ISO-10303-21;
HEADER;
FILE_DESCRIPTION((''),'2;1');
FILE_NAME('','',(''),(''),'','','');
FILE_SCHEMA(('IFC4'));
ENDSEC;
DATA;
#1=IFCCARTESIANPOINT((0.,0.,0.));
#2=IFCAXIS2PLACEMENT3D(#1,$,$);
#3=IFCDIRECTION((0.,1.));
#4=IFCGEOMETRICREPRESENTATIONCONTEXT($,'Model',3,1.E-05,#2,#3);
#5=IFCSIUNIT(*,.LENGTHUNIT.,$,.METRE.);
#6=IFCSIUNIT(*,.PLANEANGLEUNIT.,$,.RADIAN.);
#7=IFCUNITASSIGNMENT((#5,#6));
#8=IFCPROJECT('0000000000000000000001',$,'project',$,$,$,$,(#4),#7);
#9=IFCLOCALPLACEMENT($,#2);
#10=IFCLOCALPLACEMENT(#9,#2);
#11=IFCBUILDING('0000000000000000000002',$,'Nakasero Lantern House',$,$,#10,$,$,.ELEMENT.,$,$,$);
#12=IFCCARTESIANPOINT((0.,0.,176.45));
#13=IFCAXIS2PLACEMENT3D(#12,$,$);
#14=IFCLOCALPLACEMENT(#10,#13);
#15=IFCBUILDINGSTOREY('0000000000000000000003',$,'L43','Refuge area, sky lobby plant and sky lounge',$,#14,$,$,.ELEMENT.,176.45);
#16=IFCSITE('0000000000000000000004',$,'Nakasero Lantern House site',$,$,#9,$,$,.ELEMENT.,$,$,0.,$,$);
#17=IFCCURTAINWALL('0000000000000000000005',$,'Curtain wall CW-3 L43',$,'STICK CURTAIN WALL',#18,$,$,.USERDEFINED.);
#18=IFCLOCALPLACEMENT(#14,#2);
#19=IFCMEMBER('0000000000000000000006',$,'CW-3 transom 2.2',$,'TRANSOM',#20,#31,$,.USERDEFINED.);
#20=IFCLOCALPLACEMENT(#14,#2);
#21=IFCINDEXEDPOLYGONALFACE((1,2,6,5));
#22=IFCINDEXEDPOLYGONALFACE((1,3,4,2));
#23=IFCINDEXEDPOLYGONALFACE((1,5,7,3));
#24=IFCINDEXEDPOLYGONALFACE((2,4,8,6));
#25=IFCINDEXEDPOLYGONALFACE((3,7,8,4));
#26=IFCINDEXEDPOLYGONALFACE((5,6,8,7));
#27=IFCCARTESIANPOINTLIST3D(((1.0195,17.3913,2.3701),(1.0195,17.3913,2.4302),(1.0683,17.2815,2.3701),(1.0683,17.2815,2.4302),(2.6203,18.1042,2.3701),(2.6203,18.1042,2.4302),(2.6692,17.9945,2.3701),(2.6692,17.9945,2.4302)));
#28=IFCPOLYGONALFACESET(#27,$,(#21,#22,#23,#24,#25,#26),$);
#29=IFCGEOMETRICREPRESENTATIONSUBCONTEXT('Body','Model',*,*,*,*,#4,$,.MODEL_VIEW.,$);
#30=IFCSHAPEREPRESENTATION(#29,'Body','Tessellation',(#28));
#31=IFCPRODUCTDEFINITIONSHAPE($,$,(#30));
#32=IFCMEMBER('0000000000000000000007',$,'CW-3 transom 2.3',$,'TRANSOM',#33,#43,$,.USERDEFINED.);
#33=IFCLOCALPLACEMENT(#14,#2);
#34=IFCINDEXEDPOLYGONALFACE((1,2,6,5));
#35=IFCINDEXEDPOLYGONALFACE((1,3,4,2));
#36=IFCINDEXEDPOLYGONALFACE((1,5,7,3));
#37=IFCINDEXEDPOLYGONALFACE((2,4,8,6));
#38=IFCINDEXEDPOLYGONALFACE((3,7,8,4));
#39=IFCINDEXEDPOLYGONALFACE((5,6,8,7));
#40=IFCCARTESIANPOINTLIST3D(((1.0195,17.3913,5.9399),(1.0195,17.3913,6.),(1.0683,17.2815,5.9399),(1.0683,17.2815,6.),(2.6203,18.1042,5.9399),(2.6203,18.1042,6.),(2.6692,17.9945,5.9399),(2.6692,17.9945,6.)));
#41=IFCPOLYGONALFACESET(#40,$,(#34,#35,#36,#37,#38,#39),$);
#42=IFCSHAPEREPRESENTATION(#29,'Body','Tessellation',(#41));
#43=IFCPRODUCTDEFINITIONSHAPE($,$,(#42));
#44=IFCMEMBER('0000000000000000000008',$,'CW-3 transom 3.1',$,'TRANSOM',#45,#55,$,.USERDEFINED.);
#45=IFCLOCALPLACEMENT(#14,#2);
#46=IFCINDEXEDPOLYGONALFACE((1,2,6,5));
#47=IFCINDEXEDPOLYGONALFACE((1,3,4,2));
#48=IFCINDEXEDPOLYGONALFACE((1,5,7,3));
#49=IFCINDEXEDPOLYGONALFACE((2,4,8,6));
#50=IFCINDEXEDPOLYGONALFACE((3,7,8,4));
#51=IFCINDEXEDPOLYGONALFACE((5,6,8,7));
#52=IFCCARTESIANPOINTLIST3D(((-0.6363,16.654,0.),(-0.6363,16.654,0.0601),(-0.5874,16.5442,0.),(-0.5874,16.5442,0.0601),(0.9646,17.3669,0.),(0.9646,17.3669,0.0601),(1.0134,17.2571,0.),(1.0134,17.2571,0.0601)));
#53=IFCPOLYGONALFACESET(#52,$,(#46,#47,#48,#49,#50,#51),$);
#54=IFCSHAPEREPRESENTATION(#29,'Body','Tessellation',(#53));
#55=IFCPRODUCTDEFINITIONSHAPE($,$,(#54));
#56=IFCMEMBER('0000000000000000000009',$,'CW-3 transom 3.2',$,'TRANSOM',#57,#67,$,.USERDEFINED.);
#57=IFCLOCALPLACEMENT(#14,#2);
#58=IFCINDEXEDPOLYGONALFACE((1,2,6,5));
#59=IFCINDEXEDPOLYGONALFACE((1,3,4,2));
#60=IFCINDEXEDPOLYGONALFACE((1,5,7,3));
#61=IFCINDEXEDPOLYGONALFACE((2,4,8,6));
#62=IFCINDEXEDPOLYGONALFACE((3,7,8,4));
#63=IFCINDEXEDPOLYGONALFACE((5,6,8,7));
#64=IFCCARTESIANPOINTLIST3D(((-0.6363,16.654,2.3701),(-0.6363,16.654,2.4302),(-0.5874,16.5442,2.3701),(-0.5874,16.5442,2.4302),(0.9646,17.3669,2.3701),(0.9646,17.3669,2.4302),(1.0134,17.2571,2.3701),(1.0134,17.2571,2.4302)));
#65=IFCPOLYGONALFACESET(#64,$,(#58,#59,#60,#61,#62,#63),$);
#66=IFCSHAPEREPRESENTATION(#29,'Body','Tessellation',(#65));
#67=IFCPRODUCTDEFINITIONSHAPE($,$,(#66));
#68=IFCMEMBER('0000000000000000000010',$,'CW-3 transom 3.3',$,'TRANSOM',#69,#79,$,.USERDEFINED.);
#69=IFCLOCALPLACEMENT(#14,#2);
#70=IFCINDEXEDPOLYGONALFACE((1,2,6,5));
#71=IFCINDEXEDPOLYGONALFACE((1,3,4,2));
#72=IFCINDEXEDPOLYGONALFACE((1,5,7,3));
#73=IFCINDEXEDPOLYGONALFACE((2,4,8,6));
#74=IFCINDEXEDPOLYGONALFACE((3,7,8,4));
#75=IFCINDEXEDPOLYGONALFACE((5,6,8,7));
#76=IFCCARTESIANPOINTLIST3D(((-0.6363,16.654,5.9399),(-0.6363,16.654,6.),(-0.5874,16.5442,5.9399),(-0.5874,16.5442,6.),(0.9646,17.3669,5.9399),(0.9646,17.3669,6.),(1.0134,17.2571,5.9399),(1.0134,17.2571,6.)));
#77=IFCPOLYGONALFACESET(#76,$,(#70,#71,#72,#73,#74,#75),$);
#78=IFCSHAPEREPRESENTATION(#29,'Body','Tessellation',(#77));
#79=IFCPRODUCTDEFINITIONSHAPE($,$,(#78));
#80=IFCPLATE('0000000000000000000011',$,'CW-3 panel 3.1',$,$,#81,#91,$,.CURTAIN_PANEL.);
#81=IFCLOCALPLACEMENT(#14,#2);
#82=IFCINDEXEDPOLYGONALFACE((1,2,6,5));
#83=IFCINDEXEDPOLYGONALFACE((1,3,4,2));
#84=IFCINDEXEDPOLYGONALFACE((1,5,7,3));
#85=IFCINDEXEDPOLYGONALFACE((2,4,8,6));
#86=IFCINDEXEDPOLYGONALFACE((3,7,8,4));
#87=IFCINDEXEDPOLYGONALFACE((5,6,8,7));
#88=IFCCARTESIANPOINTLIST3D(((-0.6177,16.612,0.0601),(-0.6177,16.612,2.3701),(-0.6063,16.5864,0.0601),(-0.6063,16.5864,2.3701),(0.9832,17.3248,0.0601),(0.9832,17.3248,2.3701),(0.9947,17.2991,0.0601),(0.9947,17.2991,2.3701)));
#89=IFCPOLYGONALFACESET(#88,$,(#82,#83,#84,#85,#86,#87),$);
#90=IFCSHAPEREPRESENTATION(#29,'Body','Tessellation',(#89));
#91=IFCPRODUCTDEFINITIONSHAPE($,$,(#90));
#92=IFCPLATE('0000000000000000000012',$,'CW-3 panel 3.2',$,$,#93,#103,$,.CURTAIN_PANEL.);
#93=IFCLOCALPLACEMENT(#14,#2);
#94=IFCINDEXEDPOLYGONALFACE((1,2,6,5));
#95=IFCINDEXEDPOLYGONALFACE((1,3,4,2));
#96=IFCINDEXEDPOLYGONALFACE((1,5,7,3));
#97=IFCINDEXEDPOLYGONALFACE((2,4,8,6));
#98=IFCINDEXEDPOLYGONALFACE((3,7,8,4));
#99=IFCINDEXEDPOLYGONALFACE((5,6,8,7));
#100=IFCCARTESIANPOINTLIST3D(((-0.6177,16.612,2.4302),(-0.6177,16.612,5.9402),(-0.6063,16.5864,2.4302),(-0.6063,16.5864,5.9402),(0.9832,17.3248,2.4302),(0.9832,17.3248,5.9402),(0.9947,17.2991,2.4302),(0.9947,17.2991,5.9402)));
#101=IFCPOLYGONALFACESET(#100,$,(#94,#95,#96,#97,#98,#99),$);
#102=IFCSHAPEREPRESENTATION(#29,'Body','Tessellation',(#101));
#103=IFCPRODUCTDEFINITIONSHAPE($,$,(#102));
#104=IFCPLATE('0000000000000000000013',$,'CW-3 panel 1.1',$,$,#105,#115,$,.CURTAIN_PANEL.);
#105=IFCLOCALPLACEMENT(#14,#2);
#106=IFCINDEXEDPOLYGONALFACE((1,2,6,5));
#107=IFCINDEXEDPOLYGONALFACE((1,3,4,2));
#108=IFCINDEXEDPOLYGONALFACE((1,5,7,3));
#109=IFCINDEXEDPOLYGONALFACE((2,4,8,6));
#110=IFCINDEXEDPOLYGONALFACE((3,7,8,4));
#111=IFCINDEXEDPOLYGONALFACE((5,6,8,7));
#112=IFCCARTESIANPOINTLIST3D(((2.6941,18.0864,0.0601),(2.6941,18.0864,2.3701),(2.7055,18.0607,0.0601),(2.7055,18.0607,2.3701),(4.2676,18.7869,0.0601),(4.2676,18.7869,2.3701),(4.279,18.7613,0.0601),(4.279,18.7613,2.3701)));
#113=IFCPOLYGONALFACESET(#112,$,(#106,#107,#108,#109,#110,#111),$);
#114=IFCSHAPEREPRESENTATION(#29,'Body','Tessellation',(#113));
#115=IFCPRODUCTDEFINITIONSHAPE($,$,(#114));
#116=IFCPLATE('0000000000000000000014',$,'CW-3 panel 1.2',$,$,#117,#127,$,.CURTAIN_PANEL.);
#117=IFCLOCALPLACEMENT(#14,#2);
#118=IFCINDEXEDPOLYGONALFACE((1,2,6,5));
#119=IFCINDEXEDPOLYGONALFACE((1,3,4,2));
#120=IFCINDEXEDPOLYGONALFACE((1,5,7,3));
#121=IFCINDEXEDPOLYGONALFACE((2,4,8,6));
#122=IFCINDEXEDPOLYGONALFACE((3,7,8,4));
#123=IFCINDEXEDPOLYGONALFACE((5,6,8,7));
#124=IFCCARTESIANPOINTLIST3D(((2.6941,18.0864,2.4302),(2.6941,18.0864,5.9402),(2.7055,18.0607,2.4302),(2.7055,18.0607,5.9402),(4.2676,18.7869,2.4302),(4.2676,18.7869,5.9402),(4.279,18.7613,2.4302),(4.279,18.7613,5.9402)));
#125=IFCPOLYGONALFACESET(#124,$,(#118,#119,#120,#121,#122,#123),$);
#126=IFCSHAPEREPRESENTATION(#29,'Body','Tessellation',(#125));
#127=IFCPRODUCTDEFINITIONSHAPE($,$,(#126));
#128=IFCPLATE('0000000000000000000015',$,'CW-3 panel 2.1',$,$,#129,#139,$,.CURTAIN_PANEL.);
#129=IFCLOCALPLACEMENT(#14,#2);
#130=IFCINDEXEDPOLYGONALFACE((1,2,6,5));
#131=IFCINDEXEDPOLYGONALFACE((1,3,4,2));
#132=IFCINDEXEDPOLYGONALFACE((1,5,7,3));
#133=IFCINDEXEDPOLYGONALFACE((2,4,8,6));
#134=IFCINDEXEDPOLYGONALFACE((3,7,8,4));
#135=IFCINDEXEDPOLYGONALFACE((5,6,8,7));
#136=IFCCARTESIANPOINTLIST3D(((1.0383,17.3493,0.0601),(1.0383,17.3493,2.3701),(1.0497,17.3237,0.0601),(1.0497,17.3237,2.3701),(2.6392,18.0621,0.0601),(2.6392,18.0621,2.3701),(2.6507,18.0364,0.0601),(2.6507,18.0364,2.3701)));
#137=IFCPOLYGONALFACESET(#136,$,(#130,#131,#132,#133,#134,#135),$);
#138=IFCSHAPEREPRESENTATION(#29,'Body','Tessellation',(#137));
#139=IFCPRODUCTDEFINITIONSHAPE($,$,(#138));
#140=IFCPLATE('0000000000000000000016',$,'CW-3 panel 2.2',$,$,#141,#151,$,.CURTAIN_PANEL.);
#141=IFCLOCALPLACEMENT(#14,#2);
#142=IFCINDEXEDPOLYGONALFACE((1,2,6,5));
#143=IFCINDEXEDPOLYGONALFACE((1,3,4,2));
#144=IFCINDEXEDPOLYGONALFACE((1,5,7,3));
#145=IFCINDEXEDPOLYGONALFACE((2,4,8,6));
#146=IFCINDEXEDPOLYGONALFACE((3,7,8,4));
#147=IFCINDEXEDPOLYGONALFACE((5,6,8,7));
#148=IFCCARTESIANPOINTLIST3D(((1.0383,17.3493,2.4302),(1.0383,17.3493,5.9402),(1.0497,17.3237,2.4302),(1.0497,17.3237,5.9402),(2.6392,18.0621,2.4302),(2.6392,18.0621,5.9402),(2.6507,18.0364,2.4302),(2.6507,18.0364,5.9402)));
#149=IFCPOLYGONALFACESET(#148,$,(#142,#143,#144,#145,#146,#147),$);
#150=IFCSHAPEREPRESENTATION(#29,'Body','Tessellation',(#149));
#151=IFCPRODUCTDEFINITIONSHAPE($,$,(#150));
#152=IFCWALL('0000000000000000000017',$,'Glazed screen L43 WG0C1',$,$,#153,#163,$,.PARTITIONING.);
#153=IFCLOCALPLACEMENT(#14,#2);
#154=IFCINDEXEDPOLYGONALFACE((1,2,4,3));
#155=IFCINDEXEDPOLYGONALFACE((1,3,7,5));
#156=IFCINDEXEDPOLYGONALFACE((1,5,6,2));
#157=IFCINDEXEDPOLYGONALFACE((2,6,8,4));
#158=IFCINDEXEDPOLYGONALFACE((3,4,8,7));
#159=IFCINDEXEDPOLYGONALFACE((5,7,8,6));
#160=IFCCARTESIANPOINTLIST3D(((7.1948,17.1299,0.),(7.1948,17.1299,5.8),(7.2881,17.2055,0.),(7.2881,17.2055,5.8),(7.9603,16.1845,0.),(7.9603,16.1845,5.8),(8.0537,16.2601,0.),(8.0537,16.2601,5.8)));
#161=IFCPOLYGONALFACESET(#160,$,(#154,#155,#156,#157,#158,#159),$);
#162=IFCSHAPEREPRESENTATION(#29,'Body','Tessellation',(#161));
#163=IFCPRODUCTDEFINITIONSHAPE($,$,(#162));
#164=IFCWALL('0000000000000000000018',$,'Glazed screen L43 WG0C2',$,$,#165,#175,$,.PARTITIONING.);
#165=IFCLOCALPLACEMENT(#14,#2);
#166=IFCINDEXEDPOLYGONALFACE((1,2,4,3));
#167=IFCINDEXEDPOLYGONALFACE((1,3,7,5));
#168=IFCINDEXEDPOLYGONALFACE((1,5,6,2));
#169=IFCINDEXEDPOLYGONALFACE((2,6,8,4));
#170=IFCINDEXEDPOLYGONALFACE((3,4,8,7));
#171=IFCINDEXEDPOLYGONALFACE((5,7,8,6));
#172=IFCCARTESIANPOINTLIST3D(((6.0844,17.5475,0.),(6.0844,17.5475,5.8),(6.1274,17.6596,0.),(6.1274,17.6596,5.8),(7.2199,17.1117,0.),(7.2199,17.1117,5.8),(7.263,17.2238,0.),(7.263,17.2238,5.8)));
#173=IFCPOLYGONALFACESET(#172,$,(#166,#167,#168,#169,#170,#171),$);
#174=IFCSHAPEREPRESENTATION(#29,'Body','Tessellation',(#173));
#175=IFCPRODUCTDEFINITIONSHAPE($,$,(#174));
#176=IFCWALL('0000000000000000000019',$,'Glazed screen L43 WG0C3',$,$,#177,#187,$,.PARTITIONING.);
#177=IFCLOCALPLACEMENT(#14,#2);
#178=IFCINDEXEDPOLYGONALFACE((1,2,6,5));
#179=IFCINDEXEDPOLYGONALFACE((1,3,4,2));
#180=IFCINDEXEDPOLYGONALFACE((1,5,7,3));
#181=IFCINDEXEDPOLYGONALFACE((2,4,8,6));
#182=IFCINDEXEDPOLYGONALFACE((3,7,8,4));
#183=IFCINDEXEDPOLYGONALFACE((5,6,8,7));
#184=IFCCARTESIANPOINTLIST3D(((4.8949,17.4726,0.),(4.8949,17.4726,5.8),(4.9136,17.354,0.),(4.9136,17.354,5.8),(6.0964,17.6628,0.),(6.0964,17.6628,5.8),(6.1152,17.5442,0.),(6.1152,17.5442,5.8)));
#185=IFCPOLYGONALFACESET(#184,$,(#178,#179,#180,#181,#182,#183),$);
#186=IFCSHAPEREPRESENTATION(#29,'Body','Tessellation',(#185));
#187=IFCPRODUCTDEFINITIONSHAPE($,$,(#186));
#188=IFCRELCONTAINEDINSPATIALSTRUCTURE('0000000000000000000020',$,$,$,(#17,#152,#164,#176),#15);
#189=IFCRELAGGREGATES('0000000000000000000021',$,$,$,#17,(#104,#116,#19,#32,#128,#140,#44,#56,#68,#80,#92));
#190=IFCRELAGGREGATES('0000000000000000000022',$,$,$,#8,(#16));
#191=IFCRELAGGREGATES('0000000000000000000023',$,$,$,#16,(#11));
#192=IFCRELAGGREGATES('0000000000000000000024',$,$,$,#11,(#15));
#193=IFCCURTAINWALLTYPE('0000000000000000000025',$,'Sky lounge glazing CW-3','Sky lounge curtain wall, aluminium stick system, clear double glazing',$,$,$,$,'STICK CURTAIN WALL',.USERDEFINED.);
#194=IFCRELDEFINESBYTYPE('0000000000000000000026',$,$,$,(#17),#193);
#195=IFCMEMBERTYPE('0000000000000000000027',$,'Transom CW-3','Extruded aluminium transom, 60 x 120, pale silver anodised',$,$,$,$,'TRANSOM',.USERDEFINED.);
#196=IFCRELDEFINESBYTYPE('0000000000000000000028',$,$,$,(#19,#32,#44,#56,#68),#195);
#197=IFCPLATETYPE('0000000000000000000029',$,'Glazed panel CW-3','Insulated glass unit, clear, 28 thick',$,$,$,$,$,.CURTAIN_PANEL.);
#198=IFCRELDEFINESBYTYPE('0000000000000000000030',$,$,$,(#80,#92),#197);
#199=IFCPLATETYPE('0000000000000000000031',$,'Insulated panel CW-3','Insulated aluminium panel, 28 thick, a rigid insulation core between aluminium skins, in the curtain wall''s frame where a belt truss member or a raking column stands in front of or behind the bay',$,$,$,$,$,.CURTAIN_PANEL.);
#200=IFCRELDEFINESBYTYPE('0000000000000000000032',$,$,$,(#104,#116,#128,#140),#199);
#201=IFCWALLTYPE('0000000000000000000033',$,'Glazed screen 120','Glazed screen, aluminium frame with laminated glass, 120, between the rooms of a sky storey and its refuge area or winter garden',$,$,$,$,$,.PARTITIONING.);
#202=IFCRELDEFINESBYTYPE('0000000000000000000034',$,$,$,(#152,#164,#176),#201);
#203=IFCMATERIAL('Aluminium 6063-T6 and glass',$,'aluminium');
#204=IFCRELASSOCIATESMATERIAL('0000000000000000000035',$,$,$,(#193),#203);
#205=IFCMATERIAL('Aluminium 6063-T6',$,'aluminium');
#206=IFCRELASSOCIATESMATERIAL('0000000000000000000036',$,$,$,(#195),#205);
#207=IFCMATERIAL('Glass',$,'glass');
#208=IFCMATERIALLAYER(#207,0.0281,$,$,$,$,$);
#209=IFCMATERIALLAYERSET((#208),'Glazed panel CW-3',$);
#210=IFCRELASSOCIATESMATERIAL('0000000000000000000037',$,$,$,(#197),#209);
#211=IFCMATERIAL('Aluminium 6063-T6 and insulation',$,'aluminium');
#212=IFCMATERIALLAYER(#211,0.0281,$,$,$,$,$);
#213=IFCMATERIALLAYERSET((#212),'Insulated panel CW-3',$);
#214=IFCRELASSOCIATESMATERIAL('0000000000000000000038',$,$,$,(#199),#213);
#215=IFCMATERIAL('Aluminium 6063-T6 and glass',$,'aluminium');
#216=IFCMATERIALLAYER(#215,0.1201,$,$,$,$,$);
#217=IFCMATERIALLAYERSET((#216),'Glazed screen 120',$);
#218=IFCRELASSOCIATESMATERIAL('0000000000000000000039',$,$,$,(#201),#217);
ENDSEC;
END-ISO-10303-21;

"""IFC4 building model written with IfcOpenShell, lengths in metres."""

from ifc_helpers import new_model, si_unit, direction, frame, frame_2d, origin, origin_2d, place, context, subcontext, project, spatial, rectangle, extrude, material, layer, layer_set, material_profile, profile_set, type_object, element, aggregate, save


model = new_model("IFC4")

# Units and contexts
model_context = context("Model", 3, precision=1e-05, world=origin(), true_north=direction((0.0, 1.0)))
body_context = subcontext(model_context, "Body", "Model", "MODEL_VIEW")
ifc_project = project(units=[si_unit("LENGTHUNIT", "METRE"), si_unit("PLANEANGLEUNIT", "RADIAN")], contexts=[model_context])

# Site, building, storey
site_placement = place(None, origin())
site = spatial("IfcSite", under=ifc_project, at=site_placement, Name="Nakasero Lantern House site", CompositionType="ELEMENT", RefElevation=0.0)
building_placement = place(site_placement, origin())
building = spatial("IfcBuilding", under=site, at=building_placement, Name="Nakasero Lantern House", CompositionType="ELEMENT")
storey_placement = place(building_placement, frame((0.0, 0.0, 176.45)))
storey = spatial("IfcBuildingStorey", under=building, at=storey_placement, Name="L43", Description="Refuge area, sky lobby plant and sky lounge", CompositionType="ELEMENT", Elevation=176.45)

# Curtain wall, members, plates
ifc_material_1 = material(Name="Aluminium 6063-T6 and glass", Category="aluminium")
curtain_wall_type = type_object("IfcCurtainWallType", Name="Sky lounge glazing CW-3", Description="Sky lounge curtain wall, aluminium stick system, clear double glazing", ElementType="STICK CURTAIN WALL", PredefinedType="USERDEFINED", material=ifc_material_1)
curtain_wall_placement = place(storey_placement, origin())
curtain_wall = element("IfcCurtainWall", 1, at=curtain_wall_placement, inside=storey, type_object=curtain_wall_type, Name="Curtain wall CW-3 L43", ObjectType="STICK CURTAIN WALL", PredefinedType="USERDEFINED")
ifc_material_2 = material(Name="Aluminium 6063-T6", Category="aluminium")
ifc_material_profile_1 = material_profile(ifc_material_2, rectangle(XDim=0.0601, YDim=0.1201, at=origin_2d()), Name="CW-3 transom 60x120")
ifc_profile_set_1 = profile_set([ifc_material_profile_1], Name="Aluminium 6063-T6")
member_type_1 = type_object("IfcMemberType", Name="Transom CW-3", Description="Extruded aluminium transom, 60 x 120, pale silver anodised", ElementType="TRANSOM", PredefinedType="USERDEFINED", material=ifc_profile_set_1)
member_1_placement = place(storey_placement, frame((2.6448, 18.0493, 2.4001), z_axis=(-0.913513, -0.406811, 0.0), x_axis=(0.0, 0.0, 1.0)))
member_1 = element("IfcMember", 2, at=member_1_placement, type_object=member_type_1, Name="CW-3 transom 2.2", ObjectType="TRANSOM", PredefinedType="USERDEFINED", context=body_context, shape_type="SweptSolid", body=[
    extrude(rectangle(XDim=0.0601, YDim=0.1201, at=origin_2d()), origin(), (0.0, 0.0, 1.0), 1.7524),
])
member_2_placement = place(storey_placement, frame((2.6448, 18.0493, 5.97), z_axis=(-0.913513, -0.406811, 0.0), x_axis=(0.0, 0.0, 1.0)))
member_2 = element("IfcMember", 3, at=member_2_placement, type_object=member_type_1, Name="CW-3 transom 2.3", ObjectType="TRANSOM", PredefinedType="USERDEFINED", context=body_context, shape_type="SweptSolid", body=[
    extrude(rectangle(XDim=0.0601, YDim=0.1201, at=origin_2d()), origin(), (0.0, 0.0, 1.0), 1.7524),
])
member_3_placement = place(storey_placement, frame((0.989, 17.312, 0.03), z_axis=(-0.913513, -0.406811, 0.0), x_axis=(0.0, 0.0, 1.0)))
member_3 = element("IfcMember", 4, at=member_3_placement, type_object=member_type_1, Name="CW-3 transom 3.1", ObjectType="TRANSOM", PredefinedType="USERDEFINED", context=body_context, shape_type="SweptSolid", body=[
    extrude(rectangle(XDim=0.0601, YDim=0.1201, at=origin_2d()), origin(), (0.0, 0.0, 1.0), 1.7524),
])
member_4_placement = place(storey_placement, frame((0.989, 17.312, 2.4001), z_axis=(-0.913513, -0.406811, 0.0), x_axis=(0.0, 0.0, 1.0)))
member_4 = element("IfcMember", 5, at=member_4_placement, type_object=member_type_1, Name="CW-3 transom 3.2", ObjectType="TRANSOM", PredefinedType="USERDEFINED", context=body_context, shape_type="SweptSolid", body=[
    extrude(rectangle(XDim=0.0601, YDim=0.1201, at=origin_2d()), origin(), (0.0, 0.0, 1.0), 1.7524),
])
member_5_placement = place(storey_placement, frame((0.989, 17.312, 5.97), z_axis=(-0.913513, -0.406811, 0.0), x_axis=(0.0, 0.0, 1.0)))
member_5 = element("IfcMember", 6, at=member_5_placement, type_object=member_type_1, Name="CW-3 transom 3.3", ObjectType="TRANSOM", PredefinedType="USERDEFINED", context=body_context, shape_type="SweptSolid", body=[
    extrude(rectangle(XDim=0.0601, YDim=0.1201, at=origin_2d()), origin(), (0.0, 0.0, 1.0), 1.7524),
])
ifc_material_3 = material(Name="Glass", Category="glass")
ifc_layer_1 = layer(ifc_material_3, 0.0281)
ifc_layer_set_1 = layer_set([ifc_layer_1], Name="Glazed panel CW-3")
plate_type_1 = type_object("IfcPlateType", Name="Glazed panel CW-3", Description="Insulated glass unit, clear, 28 thick", PredefinedType="CURTAIN_PANEL", material=ifc_layer_set_1)
plate_1_placement = place(storey_placement, frame((0.1885, 16.9556, 0.0601), z_axis=(0.0, 0.0, 1.0), x_axis=(-0.913545, -0.406737, 0.0)))
plate_1 = element("IfcPlate", 7, at=plate_1_placement, type_object=plate_type_1, Name="CW-3 panel 3.1", PredefinedType="CURTAIN_PANEL", context=body_context, shape_type="SweptSolid", body=[
    extrude(rectangle(XDim=1.7524, YDim=0.0281, at=origin_2d()), origin(), (0.0, 0.0, 1.0), 2.3101),
])
plate_2_placement = place(storey_placement, frame((0.1885, 16.9556, 2.4302), z_axis=(0.0, 0.0, 1.0), x_axis=(-0.913545, -0.406737, 0.0)))
plate_2 = element("IfcPlate", 8, at=plate_2_placement, type_object=plate_type_1, Name="CW-3 panel 3.2", PredefinedType="CURTAIN_PANEL", context=body_context, shape_type="SweptSolid", body=[
    extrude(rectangle(XDim=1.7524, YDim=0.0281, at=origin_2d()), origin(), (0.0, 0.0, 1.0), 3.51),
])
ifc_material_4 = material(Name="Aluminium 6063-T6 and insulation", Category="aluminium")
ifc_layer_2 = layer(ifc_material_4, 0.0281)
ifc_layer_set_2 = layer_set([ifc_layer_2], Name="Insulated panel CW-3")
plate_type_2 = type_object("IfcPlateType", Name="Insulated panel CW-3", Description="Insulated aluminium panel, 28 thick, a rigid insulation core between aluminium skins, in the curtain wall's frame where a belt truss member or a raking column stands in front of or behind the bay", PredefinedType="CURTAIN_PANEL", material=ifc_layer_set_2)
plate_3_placement = place(storey_placement, frame((3.4866, 18.4238, 0.0601), z_axis=(0.0, 0.0, 1.0), x_axis=(-0.913545, -0.406737, 0.0)))
plate_3 = element("IfcPlate", 9, at=plate_3_placement, type_object=plate_type_2, Name="CW-3 panel 1.1", PredefinedType="CURTAIN_PANEL", context=body_context, shape_type="SweptSolid", body=[
    extrude(rectangle(XDim=1.7224, YDim=0.0281, at=origin_2d()), origin(), (0.0, 0.0, 1.0), 2.3101),
])
plate_4_placement = place(storey_placement, frame((3.4866, 18.4238, 2.4302), z_axis=(0.0, 0.0, 1.0), x_axis=(-0.913545, -0.406737, 0.0)))
plate_4 = element("IfcPlate", 10, at=plate_4_placement, type_object=plate_type_2, Name="CW-3 panel 1.2", PredefinedType="CURTAIN_PANEL", context=body_context, shape_type="SweptSolid", body=[
    extrude(rectangle(XDim=1.7224, YDim=0.0281, at=origin_2d()), origin(), (0.0, 0.0, 1.0), 3.51),
])
plate_5_placement = place(storey_placement, frame((1.8445, 17.6929, 0.0601), z_axis=(0.0, 0.0, 1.0), x_axis=(-0.913545, -0.406737, 0.0)))
plate_5 = element("IfcPlate", 11, at=plate_5_placement, type_object=plate_type_2, Name="CW-3 panel 2.1", PredefinedType="CURTAIN_PANEL", context=body_context, shape_type="SweptSolid", body=[
    extrude(rectangle(XDim=1.7524, YDim=0.0281, at=origin_2d()), origin(), (0.0, 0.0, 1.0), 2.3101),
])
plate_6_placement = place(storey_placement, frame((1.8445, 17.6929, 2.4302), z_axis=(0.0, 0.0, 1.0), x_axis=(-0.913545, -0.406737, 0.0)))
plate_6 = element("IfcPlate", 12, at=plate_6_placement, type_object=plate_type_2, Name="CW-3 panel 2.2", PredefinedType="CURTAIN_PANEL", context=body_context, shape_type="SweptSolid", body=[
    extrude(rectangle(XDim=1.7524, YDim=0.0281, at=origin_2d()), origin(), (0.0, 0.0, 1.0), 3.51),
])
aggregate(curtain_wall, [plate_3, plate_4, member_1, member_2, plate_5, plate_6, member_3, member_4, member_5, plate_1, plate_2])

# Walls
ifc_material_5 = material(Name="Aluminium 6063-T6 and glass", Category="aluminium")
ifc_layer_3 = layer(ifc_material_5, 0.1201)
ifc_layer_set_3 = layer_set([ifc_layer_3], Name="Glazed screen 120")
wall_type_1 = type_object("IfcWallType", Name="Glazed screen 120", Description="Glazed screen, aluminium frame with laminated glass, 120, between the rooms of a sky storey and its refuge area or winter garden", PredefinedType="PARTITIONING", material=ifc_layer_set_3)
wall_1_placement = place(storey_placement, frame((8.0071, 16.2222, 0.0), z_axis=(0.0, 0.0, 1.0), x_axis=(-0.629285, 0.777175, 0.0)))
element("IfcWall", 13, at=wall_1_placement, inside=storey, type_object=wall_type_1, Name="Glazed screen L43 WG0C1", PredefinedType="PARTITIONING", context=body_context, shape_type="SweptSolid", body=[
    extrude(rectangle(XDim=1.2166, YDim=0.1201, at=frame_2d((0.6084, 0.0))), origin(), (0.0, 0.0, 1.0), 5.8),
])
wall_2_placement = place(storey_placement, frame((7.2415, 17.1677, 0.0), z_axis=(0.0, 0.0, 1.0), x_axis=(-0.933604, 0.358306, 0.0)))
element("IfcWall", 14, at=wall_2_placement, inside=storey, type_object=wall_type_1, Name="Glazed screen L43 WG0C2", PredefinedType="PARTITIONING", context=body_context, shape_type="SweptSolid", body=[
    extrude(rectangle(XDim=1.2163, YDim=0.1201, at=frame_2d((0.6082, 0.0))), origin(), (0.0, 0.0, 1.0), 5.8),
])
wall_3_placement = place(storey_placement, frame((6.106, 17.6035, 0.0), z_axis=(0.0, 0.0, 1.0), x_axis=(-0.987706, -0.156323, 0.0)))
element("IfcWall", 15, at=wall_3_placement, inside=storey, type_object=wall_type_1, Name="Glazed screen L43 WG0C3", PredefinedType="PARTITIONING", context=body_context, shape_type="SweptSolid", body=[
    extrude(rectangle(XDim=1.2166, YDim=0.1201, at=frame_2d((0.6084, 0.0))), origin(), (0.0, 0.0, 1.0), 5.8),
])

save(model, "model.ifc")
